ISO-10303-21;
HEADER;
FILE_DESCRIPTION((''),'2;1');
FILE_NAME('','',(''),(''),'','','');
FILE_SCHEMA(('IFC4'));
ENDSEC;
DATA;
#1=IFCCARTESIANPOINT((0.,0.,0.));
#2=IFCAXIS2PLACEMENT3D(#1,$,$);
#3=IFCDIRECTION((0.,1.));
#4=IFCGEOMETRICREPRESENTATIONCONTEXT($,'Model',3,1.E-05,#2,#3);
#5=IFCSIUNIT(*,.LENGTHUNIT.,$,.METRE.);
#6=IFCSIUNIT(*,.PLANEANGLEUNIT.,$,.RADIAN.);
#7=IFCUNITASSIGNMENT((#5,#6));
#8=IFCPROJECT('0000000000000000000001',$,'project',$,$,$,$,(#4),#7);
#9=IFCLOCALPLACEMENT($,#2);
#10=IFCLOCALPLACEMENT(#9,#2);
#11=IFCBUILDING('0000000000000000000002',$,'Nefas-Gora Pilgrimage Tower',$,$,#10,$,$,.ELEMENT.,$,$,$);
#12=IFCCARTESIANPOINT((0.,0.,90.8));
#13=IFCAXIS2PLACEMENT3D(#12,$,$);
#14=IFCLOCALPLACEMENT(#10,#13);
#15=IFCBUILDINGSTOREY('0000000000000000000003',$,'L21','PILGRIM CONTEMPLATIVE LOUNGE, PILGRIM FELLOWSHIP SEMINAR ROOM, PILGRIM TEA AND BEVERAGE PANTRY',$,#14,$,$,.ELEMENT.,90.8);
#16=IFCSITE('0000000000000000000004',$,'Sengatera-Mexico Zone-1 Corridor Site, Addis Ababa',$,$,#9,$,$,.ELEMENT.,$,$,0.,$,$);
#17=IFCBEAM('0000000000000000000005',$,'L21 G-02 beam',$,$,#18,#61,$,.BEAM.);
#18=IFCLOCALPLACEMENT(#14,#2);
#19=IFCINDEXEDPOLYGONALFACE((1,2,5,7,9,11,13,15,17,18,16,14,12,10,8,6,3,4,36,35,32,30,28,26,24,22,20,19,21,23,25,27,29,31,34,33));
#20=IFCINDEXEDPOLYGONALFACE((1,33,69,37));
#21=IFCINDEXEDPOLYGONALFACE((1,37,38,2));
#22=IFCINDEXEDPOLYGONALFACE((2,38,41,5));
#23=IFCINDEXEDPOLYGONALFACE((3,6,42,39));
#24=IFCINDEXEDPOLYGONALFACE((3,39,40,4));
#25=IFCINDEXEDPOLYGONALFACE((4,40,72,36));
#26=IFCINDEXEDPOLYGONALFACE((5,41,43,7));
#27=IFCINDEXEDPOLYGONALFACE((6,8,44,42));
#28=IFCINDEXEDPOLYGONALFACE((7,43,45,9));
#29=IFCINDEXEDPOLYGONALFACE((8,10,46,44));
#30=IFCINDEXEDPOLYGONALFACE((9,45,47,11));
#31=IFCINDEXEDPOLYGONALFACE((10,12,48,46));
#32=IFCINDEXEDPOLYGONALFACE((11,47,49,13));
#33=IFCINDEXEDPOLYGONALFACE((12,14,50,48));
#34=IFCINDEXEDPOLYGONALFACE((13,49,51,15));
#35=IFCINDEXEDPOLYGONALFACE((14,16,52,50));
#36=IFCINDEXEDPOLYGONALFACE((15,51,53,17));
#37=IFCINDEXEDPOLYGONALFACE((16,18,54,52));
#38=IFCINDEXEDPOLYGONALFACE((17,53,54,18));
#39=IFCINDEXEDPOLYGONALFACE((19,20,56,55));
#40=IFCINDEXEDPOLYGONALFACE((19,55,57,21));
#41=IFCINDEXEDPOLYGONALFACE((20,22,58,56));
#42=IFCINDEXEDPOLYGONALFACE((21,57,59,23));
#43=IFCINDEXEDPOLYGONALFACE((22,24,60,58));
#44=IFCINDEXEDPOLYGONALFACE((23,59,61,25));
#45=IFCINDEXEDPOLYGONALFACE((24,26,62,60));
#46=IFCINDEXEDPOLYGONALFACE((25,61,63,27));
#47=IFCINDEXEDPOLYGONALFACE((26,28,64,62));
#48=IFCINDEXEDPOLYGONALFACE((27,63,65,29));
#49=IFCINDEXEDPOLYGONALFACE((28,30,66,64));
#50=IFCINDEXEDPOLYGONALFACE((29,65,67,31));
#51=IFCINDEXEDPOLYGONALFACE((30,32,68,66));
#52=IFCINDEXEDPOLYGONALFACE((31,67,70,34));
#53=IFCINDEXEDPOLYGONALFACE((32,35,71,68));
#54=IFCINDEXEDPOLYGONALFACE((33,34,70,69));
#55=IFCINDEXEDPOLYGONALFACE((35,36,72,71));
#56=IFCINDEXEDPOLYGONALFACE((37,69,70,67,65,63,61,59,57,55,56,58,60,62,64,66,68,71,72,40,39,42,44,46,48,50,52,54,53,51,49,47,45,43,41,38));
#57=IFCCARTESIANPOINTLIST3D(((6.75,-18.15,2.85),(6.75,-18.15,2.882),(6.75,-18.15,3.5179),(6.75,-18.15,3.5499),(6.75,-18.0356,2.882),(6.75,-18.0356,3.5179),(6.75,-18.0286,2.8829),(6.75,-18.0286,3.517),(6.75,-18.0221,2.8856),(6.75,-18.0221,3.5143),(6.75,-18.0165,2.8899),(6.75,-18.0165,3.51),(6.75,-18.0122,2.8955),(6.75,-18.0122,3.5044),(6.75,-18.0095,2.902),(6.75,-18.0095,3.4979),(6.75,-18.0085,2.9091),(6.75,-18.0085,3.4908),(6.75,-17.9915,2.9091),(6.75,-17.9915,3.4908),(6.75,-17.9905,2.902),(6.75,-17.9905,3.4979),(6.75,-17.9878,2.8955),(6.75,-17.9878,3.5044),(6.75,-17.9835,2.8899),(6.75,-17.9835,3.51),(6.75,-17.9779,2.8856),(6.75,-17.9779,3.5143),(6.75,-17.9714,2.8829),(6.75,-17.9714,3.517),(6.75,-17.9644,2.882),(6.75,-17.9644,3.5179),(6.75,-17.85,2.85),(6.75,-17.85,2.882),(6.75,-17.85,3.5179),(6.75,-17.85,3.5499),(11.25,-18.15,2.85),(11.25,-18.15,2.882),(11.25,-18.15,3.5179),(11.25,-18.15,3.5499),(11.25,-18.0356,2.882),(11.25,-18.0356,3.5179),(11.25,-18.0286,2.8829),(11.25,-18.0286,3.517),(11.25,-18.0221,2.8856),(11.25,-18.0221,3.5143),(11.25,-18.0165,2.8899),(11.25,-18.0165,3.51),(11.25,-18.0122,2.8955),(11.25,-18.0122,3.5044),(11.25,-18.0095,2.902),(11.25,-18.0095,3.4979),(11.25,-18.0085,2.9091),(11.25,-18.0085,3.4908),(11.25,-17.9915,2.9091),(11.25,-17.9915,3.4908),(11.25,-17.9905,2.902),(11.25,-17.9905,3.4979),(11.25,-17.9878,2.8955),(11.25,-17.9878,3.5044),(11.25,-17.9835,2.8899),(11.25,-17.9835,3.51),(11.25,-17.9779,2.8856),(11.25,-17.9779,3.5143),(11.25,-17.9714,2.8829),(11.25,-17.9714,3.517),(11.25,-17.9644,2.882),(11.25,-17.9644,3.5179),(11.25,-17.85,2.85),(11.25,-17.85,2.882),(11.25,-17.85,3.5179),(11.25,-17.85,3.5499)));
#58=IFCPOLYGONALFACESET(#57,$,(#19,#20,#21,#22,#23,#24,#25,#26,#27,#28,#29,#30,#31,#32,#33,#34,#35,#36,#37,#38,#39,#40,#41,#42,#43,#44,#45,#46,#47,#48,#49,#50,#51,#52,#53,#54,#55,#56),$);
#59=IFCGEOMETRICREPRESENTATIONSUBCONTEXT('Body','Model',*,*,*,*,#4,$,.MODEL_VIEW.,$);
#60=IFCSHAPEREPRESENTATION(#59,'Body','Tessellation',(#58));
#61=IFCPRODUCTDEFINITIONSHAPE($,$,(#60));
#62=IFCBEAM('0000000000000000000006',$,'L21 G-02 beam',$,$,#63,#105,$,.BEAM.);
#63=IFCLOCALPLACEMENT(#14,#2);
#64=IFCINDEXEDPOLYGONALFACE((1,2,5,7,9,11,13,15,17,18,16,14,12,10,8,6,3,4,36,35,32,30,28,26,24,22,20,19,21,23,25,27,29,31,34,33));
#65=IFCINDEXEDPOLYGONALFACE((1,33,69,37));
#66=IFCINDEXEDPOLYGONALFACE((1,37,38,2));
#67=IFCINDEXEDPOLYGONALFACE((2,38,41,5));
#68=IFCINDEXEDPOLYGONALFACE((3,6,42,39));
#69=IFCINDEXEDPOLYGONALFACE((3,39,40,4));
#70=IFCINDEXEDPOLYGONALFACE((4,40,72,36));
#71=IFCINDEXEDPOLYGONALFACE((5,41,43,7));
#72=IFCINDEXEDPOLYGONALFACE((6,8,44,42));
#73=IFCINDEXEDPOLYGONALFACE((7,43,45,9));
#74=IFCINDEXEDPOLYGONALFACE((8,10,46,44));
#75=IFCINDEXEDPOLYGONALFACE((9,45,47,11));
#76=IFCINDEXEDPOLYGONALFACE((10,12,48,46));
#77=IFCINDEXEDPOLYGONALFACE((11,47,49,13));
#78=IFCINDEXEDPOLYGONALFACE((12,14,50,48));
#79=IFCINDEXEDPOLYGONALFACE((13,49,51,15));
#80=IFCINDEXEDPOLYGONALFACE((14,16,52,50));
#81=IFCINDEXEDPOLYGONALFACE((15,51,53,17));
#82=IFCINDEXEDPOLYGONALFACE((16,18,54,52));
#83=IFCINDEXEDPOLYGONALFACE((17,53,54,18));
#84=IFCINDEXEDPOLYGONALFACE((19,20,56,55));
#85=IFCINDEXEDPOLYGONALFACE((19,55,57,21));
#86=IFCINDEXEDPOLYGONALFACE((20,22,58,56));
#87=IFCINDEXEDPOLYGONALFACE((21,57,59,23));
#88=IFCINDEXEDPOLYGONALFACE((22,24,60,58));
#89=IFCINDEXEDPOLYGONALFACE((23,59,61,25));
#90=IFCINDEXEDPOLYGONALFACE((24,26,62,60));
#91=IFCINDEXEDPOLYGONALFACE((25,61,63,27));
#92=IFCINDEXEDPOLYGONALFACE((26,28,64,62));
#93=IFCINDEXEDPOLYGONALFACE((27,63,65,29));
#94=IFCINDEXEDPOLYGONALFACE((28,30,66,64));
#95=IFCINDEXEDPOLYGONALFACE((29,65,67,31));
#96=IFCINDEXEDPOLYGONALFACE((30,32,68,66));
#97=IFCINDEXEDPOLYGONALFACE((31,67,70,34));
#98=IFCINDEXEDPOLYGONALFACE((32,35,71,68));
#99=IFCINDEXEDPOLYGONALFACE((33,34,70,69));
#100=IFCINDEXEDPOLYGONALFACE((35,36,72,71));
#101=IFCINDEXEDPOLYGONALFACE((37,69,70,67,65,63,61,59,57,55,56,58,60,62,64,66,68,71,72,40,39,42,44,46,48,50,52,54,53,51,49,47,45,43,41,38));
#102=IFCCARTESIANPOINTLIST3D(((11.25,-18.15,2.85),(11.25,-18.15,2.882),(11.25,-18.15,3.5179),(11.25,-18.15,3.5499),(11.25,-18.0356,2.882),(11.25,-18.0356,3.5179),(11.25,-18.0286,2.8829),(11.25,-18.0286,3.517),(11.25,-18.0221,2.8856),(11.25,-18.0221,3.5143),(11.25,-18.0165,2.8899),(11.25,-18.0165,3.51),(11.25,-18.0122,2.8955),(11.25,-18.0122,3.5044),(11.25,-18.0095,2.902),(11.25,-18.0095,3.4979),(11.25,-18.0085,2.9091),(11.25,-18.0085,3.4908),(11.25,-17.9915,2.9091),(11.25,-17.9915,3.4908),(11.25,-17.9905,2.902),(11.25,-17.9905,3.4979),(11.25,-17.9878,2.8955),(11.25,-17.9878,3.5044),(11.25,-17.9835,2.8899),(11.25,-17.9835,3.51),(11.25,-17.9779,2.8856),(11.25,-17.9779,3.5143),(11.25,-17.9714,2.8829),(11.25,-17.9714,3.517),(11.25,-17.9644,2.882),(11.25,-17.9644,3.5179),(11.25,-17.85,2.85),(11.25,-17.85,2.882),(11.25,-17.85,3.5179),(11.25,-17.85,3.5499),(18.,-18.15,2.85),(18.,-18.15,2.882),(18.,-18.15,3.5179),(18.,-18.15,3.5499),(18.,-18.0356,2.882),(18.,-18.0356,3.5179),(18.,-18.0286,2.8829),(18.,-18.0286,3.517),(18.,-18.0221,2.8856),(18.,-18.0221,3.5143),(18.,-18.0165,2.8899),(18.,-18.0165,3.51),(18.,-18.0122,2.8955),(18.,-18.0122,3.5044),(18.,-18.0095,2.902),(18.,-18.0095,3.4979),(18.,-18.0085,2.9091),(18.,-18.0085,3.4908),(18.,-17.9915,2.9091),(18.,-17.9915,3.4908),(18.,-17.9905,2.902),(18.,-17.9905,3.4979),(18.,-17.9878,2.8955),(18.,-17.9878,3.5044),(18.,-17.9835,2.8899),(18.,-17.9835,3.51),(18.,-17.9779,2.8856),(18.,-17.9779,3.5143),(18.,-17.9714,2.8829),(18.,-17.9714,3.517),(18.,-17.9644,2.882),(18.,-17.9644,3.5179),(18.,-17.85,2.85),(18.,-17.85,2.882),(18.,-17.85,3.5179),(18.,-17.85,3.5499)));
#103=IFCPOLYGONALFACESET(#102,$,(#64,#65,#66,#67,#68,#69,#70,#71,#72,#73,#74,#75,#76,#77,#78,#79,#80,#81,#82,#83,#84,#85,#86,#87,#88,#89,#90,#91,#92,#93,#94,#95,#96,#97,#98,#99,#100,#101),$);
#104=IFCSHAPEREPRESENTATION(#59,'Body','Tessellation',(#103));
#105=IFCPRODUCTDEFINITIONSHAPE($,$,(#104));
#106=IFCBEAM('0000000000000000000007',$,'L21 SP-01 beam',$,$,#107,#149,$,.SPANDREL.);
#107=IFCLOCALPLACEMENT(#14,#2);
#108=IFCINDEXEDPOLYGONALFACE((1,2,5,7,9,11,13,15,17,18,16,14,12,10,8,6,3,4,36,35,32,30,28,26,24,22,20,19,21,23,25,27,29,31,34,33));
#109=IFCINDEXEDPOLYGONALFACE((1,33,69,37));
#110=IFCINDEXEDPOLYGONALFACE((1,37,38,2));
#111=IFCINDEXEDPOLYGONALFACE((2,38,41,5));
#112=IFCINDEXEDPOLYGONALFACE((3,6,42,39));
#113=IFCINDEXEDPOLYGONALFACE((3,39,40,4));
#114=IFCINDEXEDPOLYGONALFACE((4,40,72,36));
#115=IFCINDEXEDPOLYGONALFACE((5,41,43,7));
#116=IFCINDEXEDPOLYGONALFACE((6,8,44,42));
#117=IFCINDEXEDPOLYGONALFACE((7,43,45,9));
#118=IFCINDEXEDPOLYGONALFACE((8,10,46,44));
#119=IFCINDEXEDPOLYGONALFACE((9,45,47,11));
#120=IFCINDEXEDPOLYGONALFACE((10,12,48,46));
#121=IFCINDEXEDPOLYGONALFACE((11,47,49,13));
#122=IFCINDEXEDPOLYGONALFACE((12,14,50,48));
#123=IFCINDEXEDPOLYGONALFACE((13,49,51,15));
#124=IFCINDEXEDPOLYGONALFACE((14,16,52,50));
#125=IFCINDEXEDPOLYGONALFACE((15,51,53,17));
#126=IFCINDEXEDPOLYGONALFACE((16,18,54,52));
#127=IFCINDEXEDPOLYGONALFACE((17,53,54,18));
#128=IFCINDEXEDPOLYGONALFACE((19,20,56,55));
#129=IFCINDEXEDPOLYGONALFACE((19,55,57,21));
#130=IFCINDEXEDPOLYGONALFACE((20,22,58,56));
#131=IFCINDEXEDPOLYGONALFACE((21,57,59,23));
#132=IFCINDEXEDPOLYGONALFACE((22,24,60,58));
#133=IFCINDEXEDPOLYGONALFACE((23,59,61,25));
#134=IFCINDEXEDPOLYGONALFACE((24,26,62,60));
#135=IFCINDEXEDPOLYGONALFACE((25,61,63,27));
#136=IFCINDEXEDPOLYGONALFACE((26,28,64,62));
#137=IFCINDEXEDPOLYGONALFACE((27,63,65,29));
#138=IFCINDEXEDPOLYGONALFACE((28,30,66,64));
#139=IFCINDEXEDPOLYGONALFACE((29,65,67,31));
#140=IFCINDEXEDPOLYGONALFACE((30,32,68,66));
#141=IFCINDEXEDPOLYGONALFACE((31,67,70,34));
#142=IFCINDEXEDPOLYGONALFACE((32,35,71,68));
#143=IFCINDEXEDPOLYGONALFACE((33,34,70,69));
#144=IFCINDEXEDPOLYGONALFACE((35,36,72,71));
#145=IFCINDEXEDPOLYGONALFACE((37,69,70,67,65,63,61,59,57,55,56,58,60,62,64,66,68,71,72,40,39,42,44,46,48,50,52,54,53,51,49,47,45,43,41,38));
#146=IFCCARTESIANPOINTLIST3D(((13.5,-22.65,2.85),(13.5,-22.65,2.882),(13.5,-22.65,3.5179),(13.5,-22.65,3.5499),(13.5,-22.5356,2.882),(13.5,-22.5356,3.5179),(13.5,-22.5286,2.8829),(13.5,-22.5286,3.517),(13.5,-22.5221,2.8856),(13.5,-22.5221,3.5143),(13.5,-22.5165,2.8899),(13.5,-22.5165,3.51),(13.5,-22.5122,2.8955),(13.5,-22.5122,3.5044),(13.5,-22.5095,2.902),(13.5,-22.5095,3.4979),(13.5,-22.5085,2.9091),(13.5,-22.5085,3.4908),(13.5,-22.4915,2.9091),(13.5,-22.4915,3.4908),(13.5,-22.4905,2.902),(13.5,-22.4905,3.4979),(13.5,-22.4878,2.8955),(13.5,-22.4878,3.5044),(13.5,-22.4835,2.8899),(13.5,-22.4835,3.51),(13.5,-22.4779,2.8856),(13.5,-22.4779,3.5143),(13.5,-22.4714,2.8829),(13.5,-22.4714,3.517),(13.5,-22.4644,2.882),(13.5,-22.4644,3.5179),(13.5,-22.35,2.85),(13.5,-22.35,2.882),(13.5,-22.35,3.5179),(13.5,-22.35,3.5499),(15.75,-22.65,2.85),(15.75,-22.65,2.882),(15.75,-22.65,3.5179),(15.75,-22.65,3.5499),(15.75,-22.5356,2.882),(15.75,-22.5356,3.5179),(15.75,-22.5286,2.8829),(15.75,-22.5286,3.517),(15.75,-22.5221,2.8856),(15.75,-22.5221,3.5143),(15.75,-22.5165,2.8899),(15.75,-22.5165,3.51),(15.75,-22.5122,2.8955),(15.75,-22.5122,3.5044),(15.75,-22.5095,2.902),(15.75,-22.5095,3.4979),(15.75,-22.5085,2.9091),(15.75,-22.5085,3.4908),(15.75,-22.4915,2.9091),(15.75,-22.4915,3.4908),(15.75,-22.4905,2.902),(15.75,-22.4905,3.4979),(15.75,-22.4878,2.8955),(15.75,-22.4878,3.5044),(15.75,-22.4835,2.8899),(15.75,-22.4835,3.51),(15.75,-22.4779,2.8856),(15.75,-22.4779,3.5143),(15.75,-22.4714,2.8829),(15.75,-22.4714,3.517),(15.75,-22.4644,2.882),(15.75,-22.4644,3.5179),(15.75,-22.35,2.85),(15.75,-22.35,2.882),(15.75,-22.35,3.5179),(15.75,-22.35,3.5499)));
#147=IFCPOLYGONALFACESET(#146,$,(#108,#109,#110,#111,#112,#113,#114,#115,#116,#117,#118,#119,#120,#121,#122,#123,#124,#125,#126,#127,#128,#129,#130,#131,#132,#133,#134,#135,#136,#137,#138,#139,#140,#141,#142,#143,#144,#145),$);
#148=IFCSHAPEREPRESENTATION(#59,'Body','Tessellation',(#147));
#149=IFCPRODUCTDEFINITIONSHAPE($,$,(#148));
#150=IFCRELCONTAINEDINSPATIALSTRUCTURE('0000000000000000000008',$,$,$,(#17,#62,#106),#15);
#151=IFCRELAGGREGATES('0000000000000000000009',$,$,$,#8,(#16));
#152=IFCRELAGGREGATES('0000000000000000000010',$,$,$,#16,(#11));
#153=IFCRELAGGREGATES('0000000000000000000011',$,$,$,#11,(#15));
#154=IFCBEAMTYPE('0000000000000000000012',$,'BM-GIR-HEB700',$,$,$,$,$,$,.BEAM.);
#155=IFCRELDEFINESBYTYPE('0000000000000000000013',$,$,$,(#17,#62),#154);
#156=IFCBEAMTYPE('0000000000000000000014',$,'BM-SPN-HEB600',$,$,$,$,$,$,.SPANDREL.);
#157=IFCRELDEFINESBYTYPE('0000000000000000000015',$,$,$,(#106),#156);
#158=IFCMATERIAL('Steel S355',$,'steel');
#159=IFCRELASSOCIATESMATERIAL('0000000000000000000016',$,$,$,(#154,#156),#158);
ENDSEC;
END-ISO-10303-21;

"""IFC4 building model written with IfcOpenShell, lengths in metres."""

from ifc_helpers import new_model, si_unit, direction, frame, origin, origin_2d, place, context, subcontext, project, spatial, i_section, extrude, source, transform, mapped, material, material_profile, profile_set, type_object, element, save


model = new_model("IFC4")

# Units and contexts
model_context = context("Model", 3, precision=1e-05, world=origin(), true_north=direction((0.0, 1.0)))
body_context = subcontext(model_context, "Body", "Model", "MODEL_VIEW")
ifc_project = project(units=[si_unit("LENGTHUNIT", "METRE"), si_unit("PLANEANGLEUNIT", "RADIAN")], contexts=[model_context])

# Site, building, storey
site_placement = place(None, origin())
site = spatial("IfcSite", under=ifc_project, at=site_placement, Name="Sengatera-Mexico Zone-1 Corridor Site, Addis Ababa", CompositionType="ELEMENT", RefElevation=0.0)
building_placement = place(site_placement, origin())
building = spatial("IfcBuilding", under=site, at=building_placement, Name="Nefas-Gora Pilgrimage Tower", CompositionType="ELEMENT")
storey_placement = place(building_placement, frame((0.0, 0.0, 90.8)))
storey = spatial("IfcBuildingStorey", under=building, at=storey_placement, Name="L21", Description="PILGRIM CONTEMPLATIVE LOUNGE, PILGRIM FELLOWSHIP SEMINAR ROOM, PILGRIM TEA AND BEVERAGE PANTRY", CompositionType="ELEMENT", Elevation=90.8)

# Beams
ifc_material_1 = material(Name="Steel S355", Category="steel")
ifc_material_profile_1 = material_profile(ifc_material_1, i_section(OverallWidth=0.3, OverallDepth=0.7, WebThickness=0.0171, FlangeThickness=0.032, FilletRadius=0.0271, at=origin_2d()), Name="HEB 700")
ifc_profile_set_1 = profile_set([ifc_material_profile_1], Name="Steel S355")
beam_type_1 = type_object("IfcBeamType", Name="BM-GIR-HEB700", PredefinedType="BEAM", material=ifc_profile_set_1)
shared_shape_1 = source(origin(), body_context, "Body", "SweptSolid", [
    extrude(i_section(OverallWidth=0.3, OverallDepth=0.7, WebThickness=0.0171, FlangeThickness=0.032, FilletRadius=0.0271, at=origin_2d()), origin(), (0.0, 0.0, 1.0), 4.5),
])
for number, where, z_axis, x_axis, name in (
    (1, (6.75, -18.0, 3.2), (1.0, 0.0, 0.0), (0.0, 1.0, 0.0), "L21 G-02 beam"),
):
    element("IfcBeam", number, at=place(storey_placement, frame(where, z_axis=z_axis, x_axis=x_axis)), inside=storey, type_object=beam_type_1, Name=name, PredefinedType="BEAM", context=body_context, shape_type="MappedRepresentation", body=[
        mapped(shared_shape_1, transform((0.0, 0.0, 0.0), x_axis=(1.0, 0.0, 0.0), y_axis=(0.0, 1.0, 0.0), z_axis=(0.0, 0.0, 1.0), scale=1.0)),
    ])
shared_shape_2 = source(origin(), body_context, "Body", "SweptSolid", [
    extrude(i_section(OverallWidth=0.3, OverallDepth=0.7, WebThickness=0.0171, FlangeThickness=0.032, FilletRadius=0.0271, at=origin_2d()), origin(), (0.0, 0.0, 1.0), 6.75),
])
beam_1_placement = place(storey_placement, frame((11.25, -18.0, 3.2), z_axis=(1.0, 0.0, 0.0), x_axis=(0.0, 1.0, 0.0)))
element("IfcBeam", 2, at=beam_1_placement, inside=storey, type_object=beam_type_1, Name="L21 G-02 beam", PredefinedType="BEAM", context=body_context, shape_type="MappedRepresentation", body=[
    mapped(shared_shape_2, transform((0.0, 0.0, 0.0), x_axis=(1.0, 0.0, 0.0), y_axis=(0.0, 1.0, 0.0), z_axis=(0.0, 0.0, 1.0), scale=1.0)),
])
ifc_material_profile_2 = material_profile(ifc_material_1, i_section(OverallWidth=0.3, OverallDepth=0.7, WebThickness=0.0171, FlangeThickness=0.032, FilletRadius=0.0271, at=origin_2d()), Name="HEB 700")
ifc_profile_set_2 = profile_set([ifc_material_profile_2], Name="Steel S355")
beam_type_2 = type_object("IfcBeamType", Name="BM-SPN-HEB600", PredefinedType="SPANDREL", material=ifc_profile_set_2)
shared_shape_3 = source(origin(), body_context, "Body", "SweptSolid", [
    extrude(i_section(OverallWidth=0.3, OverallDepth=0.7, WebThickness=0.0171, FlangeThickness=0.032, FilletRadius=0.0271, at=origin_2d()), origin(), (0.0, 0.0, 1.0), 2.25),
])
beam_2_placement = place(storey_placement, frame((13.5, -22.5, 3.2), z_axis=(1.0, 0.0, 0.0), x_axis=(0.0, 1.0, 0.0)))
element("IfcBeam", 3, at=beam_2_placement, inside=storey, type_object=beam_type_2, Name="L21 SP-01 beam", PredefinedType="SPANDREL", context=body_context, shape_type="MappedRepresentation", body=[
    mapped(shared_shape_3, transform((0.0, 0.0, 0.0), x_axis=(1.0, 0.0, 0.0), y_axis=(0.0, 1.0, 0.0), z_axis=(0.0, 0.0, 1.0), scale=1.0)),
])

save(model, "model.ifc")
